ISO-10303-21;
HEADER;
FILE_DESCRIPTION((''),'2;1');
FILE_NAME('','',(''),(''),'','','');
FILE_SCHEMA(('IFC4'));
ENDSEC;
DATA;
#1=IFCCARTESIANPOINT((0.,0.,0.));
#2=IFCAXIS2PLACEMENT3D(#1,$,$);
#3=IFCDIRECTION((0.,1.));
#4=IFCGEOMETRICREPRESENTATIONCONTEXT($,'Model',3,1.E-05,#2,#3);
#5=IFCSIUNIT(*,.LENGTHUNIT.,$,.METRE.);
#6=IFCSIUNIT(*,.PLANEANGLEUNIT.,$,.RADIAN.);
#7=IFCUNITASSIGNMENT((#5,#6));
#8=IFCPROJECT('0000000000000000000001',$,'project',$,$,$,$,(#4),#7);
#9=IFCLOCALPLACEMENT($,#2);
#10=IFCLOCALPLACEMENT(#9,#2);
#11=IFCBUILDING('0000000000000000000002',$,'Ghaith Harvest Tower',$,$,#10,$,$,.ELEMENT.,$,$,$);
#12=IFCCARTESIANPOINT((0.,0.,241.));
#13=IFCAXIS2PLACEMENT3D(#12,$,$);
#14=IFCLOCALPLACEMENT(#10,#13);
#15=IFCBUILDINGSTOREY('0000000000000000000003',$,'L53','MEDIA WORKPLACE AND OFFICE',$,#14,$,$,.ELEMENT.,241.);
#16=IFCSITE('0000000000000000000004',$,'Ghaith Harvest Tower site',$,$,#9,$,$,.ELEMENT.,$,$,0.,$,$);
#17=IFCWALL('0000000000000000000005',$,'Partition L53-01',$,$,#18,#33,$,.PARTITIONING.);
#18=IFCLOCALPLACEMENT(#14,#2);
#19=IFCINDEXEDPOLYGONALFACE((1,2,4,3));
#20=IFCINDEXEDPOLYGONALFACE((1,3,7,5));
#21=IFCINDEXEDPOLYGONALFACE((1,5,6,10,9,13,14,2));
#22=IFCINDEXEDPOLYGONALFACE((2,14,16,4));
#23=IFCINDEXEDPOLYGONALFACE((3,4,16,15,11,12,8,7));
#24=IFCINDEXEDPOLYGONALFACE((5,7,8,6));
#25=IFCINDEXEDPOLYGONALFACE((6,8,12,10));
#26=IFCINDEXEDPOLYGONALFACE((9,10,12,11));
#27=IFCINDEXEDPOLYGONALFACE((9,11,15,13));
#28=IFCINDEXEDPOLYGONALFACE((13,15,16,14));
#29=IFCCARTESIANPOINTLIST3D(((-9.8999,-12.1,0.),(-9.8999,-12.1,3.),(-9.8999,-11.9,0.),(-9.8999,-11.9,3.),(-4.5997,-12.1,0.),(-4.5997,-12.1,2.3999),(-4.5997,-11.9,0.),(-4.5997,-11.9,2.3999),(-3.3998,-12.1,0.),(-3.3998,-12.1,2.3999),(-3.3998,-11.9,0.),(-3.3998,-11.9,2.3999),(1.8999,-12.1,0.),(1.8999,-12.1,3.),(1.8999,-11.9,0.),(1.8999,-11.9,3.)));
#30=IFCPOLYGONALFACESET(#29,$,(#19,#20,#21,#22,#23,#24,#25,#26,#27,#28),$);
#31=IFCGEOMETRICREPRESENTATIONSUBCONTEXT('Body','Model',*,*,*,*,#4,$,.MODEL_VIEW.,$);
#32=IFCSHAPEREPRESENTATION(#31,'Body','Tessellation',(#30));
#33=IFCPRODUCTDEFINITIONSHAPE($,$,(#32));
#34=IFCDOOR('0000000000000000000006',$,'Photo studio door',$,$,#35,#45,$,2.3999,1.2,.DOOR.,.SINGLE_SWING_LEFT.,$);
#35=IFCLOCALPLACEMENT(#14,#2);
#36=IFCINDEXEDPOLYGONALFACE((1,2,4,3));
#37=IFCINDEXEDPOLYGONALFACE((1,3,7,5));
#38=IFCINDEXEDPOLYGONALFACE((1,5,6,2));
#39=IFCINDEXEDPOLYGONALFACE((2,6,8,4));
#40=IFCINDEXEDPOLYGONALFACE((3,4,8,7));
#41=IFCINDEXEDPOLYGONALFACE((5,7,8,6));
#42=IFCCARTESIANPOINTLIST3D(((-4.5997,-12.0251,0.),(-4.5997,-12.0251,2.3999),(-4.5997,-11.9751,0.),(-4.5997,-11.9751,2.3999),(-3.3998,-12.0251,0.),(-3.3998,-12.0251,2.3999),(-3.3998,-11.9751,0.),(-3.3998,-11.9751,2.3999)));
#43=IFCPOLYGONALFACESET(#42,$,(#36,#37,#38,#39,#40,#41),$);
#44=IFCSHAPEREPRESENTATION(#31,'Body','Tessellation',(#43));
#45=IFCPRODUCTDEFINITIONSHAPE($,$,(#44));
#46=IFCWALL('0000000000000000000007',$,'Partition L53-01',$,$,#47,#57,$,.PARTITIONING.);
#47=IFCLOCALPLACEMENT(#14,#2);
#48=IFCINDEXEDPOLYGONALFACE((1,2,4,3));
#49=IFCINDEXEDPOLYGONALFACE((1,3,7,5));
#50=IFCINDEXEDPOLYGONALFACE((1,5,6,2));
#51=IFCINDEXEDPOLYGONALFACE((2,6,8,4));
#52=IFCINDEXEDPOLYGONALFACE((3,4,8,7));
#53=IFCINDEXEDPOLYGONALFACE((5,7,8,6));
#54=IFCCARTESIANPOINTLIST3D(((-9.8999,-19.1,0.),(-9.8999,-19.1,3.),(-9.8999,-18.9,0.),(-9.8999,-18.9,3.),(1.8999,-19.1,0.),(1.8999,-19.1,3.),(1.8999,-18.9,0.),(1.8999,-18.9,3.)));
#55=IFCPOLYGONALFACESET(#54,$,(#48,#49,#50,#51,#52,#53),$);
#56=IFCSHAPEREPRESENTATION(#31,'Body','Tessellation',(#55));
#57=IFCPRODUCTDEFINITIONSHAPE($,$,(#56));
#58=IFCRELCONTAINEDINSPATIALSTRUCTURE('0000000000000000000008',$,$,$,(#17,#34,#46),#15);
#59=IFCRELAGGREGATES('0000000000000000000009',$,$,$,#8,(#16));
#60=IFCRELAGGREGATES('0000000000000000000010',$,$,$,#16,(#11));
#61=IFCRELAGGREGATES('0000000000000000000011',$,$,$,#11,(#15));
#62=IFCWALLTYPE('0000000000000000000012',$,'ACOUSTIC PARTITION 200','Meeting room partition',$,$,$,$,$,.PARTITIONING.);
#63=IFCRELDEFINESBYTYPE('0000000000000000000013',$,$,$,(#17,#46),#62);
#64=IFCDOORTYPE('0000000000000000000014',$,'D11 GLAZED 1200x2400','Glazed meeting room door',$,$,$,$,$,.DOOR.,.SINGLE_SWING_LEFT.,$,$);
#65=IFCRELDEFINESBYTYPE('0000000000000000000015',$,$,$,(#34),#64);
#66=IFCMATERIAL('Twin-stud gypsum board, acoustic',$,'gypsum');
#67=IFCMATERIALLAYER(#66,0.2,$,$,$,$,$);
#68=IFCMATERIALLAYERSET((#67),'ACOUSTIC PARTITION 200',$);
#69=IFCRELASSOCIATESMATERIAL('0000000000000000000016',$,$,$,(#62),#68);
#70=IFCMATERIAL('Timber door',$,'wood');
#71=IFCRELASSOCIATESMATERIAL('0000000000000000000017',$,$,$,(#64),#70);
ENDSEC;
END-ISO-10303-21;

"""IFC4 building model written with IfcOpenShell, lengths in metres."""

from ifc_helpers import new_model, si_unit, direction, frame, frame_2d, origin, place, context, subcontext, project, spatial, rectangle, extrude, material, layer, layer_set, type_object, element, fill, save


model = new_model("IFC4")

# Units and contexts
model_context = context("Model", 3, precision=1e-05, world=origin(), true_north=direction((0.0, 1.0)))
body_context = subcontext(model_context, "Body", "Model", "MODEL_VIEW")
ifc_project = project(units=[si_unit("LENGTHUNIT", "METRE"), si_unit("PLANEANGLEUNIT", "RADIAN")], contexts=[model_context])

# Site, building, storey
site_placement = place(None, origin())
site = spatial("IfcSite", under=ifc_project, at=site_placement, Name="Ghaith Harvest Tower site", CompositionType="ELEMENT", RefElevation=0.0)
building_placement = place(site_placement, origin())
building = spatial("IfcBuilding", under=site, at=building_placement, Name="Ghaith Harvest Tower", CompositionType="ELEMENT")
storey_placement = place(building_placement, frame((0.0, 0.0, 241.0)))
storey = spatial("IfcBuildingStorey", under=building, at=storey_placement, Name="L53", Description="MEDIA WORKPLACE AND OFFICE", CompositionType="ELEMENT", Elevation=241.0)

# Shared definitions
ifc_material_1 = material(Name="Twin-stud gypsum board, acoustic", Category="gypsum")
ifc_layer_1 = layer(ifc_material_1, 0.2)
ifc_layer_set_1 = layer_set([ifc_layer_1], Name="ACOUSTIC PARTITION 200")
wall_type = type_object("IfcWallType", Name="ACOUSTIC PARTITION 200", Description="Meeting room partition", PredefinedType="PARTITIONING", material=ifc_layer_set_1)

# Wall, opening, door
wall_1_placement = place(storey_placement, frame((-9.8999, -12.0, 0.0), z_axis=(0.0, 0.0, 1.0), x_axis=(1.0, 0.0, 0.0)))
wall_1 = element("IfcWall", 1, at=wall_1_placement, inside=storey, type_object=wall_type, Name="Partition L53-01", PredefinedType="PARTITIONING", context=body_context, shape_type="SweptSolid", body=[
    extrude(rectangle(XDim=11.7998, YDim=0.2, at=frame_2d((5.8999, 0.0))), origin(), (0.0, 0.0, 1.0), 3.0),
])
opening_placement = place(wall_1_placement, frame((5.3, 0.0, 0.0)))
opening = element("IfcOpeningElement", 2, at=opening_placement, cuts=wall_1, PredefinedType="OPENING", context=body_context, shape_type="SweptSolid", body=[
    extrude(rectangle(XDim=1.2, YDim=2.3999, at=frame_2d((0.6001, 1.2))), frame((0.0, 0.1099, 0.0), z_axis=(0.0, -1.0, 0.0), x_axis=(1.0, 0.0, 0.0)), (0.0, 0.0, 1.0), 0.22),
])
ifc_material_2 = material(Name="Timber door", Category="wood")
door_type = type_object("IfcDoorType", Name="D11 GLAZED 1200x2400", Description="Glazed meeting room door", OperationType="SINGLE_SWING_LEFT", PredefinedType="DOOR", material=ifc_material_2)
door_placement = place(opening_placement, origin())
door = element("IfcDoor", 3, at=door_placement, inside=storey, type_object=door_type, Name="Photo studio door", OperationType="SINGLE_SWING_LEFT", OverallHeight=2.3999, OverallWidth=1.2, PredefinedType="DOOR", context=body_context, shape_type="SweptSolid", body=[
    extrude(rectangle(XDim=1.2, YDim=2.3999, at=frame_2d((0.6001, 1.2))), frame((0.0, 0.0249, 0.0), z_axis=(0.0, -1.0, 0.0), x_axis=(1.0, 0.0, 0.0)), (0.0, 0.0, 1.0), 0.05),
])
fill(opening, door)

# Wall
wall_2_placement = place(storey_placement, frame((-9.8999, -19.0, 0.0), z_axis=(0.0, 0.0, 1.0), x_axis=(1.0, 0.0, 0.0)))
element("IfcWall", 4, at=wall_2_placement, inside=storey, type_object=wall_type, Name="Partition L53-01", PredefinedType="PARTITIONING", context=body_context, shape_type="SweptSolid", body=[
    extrude(rectangle(XDim=11.7998, YDim=0.2, at=frame_2d((5.8999, 0.0))), origin(), (0.0, 0.0, 1.0), 3.0),
])

save(model, "model.ifc")
